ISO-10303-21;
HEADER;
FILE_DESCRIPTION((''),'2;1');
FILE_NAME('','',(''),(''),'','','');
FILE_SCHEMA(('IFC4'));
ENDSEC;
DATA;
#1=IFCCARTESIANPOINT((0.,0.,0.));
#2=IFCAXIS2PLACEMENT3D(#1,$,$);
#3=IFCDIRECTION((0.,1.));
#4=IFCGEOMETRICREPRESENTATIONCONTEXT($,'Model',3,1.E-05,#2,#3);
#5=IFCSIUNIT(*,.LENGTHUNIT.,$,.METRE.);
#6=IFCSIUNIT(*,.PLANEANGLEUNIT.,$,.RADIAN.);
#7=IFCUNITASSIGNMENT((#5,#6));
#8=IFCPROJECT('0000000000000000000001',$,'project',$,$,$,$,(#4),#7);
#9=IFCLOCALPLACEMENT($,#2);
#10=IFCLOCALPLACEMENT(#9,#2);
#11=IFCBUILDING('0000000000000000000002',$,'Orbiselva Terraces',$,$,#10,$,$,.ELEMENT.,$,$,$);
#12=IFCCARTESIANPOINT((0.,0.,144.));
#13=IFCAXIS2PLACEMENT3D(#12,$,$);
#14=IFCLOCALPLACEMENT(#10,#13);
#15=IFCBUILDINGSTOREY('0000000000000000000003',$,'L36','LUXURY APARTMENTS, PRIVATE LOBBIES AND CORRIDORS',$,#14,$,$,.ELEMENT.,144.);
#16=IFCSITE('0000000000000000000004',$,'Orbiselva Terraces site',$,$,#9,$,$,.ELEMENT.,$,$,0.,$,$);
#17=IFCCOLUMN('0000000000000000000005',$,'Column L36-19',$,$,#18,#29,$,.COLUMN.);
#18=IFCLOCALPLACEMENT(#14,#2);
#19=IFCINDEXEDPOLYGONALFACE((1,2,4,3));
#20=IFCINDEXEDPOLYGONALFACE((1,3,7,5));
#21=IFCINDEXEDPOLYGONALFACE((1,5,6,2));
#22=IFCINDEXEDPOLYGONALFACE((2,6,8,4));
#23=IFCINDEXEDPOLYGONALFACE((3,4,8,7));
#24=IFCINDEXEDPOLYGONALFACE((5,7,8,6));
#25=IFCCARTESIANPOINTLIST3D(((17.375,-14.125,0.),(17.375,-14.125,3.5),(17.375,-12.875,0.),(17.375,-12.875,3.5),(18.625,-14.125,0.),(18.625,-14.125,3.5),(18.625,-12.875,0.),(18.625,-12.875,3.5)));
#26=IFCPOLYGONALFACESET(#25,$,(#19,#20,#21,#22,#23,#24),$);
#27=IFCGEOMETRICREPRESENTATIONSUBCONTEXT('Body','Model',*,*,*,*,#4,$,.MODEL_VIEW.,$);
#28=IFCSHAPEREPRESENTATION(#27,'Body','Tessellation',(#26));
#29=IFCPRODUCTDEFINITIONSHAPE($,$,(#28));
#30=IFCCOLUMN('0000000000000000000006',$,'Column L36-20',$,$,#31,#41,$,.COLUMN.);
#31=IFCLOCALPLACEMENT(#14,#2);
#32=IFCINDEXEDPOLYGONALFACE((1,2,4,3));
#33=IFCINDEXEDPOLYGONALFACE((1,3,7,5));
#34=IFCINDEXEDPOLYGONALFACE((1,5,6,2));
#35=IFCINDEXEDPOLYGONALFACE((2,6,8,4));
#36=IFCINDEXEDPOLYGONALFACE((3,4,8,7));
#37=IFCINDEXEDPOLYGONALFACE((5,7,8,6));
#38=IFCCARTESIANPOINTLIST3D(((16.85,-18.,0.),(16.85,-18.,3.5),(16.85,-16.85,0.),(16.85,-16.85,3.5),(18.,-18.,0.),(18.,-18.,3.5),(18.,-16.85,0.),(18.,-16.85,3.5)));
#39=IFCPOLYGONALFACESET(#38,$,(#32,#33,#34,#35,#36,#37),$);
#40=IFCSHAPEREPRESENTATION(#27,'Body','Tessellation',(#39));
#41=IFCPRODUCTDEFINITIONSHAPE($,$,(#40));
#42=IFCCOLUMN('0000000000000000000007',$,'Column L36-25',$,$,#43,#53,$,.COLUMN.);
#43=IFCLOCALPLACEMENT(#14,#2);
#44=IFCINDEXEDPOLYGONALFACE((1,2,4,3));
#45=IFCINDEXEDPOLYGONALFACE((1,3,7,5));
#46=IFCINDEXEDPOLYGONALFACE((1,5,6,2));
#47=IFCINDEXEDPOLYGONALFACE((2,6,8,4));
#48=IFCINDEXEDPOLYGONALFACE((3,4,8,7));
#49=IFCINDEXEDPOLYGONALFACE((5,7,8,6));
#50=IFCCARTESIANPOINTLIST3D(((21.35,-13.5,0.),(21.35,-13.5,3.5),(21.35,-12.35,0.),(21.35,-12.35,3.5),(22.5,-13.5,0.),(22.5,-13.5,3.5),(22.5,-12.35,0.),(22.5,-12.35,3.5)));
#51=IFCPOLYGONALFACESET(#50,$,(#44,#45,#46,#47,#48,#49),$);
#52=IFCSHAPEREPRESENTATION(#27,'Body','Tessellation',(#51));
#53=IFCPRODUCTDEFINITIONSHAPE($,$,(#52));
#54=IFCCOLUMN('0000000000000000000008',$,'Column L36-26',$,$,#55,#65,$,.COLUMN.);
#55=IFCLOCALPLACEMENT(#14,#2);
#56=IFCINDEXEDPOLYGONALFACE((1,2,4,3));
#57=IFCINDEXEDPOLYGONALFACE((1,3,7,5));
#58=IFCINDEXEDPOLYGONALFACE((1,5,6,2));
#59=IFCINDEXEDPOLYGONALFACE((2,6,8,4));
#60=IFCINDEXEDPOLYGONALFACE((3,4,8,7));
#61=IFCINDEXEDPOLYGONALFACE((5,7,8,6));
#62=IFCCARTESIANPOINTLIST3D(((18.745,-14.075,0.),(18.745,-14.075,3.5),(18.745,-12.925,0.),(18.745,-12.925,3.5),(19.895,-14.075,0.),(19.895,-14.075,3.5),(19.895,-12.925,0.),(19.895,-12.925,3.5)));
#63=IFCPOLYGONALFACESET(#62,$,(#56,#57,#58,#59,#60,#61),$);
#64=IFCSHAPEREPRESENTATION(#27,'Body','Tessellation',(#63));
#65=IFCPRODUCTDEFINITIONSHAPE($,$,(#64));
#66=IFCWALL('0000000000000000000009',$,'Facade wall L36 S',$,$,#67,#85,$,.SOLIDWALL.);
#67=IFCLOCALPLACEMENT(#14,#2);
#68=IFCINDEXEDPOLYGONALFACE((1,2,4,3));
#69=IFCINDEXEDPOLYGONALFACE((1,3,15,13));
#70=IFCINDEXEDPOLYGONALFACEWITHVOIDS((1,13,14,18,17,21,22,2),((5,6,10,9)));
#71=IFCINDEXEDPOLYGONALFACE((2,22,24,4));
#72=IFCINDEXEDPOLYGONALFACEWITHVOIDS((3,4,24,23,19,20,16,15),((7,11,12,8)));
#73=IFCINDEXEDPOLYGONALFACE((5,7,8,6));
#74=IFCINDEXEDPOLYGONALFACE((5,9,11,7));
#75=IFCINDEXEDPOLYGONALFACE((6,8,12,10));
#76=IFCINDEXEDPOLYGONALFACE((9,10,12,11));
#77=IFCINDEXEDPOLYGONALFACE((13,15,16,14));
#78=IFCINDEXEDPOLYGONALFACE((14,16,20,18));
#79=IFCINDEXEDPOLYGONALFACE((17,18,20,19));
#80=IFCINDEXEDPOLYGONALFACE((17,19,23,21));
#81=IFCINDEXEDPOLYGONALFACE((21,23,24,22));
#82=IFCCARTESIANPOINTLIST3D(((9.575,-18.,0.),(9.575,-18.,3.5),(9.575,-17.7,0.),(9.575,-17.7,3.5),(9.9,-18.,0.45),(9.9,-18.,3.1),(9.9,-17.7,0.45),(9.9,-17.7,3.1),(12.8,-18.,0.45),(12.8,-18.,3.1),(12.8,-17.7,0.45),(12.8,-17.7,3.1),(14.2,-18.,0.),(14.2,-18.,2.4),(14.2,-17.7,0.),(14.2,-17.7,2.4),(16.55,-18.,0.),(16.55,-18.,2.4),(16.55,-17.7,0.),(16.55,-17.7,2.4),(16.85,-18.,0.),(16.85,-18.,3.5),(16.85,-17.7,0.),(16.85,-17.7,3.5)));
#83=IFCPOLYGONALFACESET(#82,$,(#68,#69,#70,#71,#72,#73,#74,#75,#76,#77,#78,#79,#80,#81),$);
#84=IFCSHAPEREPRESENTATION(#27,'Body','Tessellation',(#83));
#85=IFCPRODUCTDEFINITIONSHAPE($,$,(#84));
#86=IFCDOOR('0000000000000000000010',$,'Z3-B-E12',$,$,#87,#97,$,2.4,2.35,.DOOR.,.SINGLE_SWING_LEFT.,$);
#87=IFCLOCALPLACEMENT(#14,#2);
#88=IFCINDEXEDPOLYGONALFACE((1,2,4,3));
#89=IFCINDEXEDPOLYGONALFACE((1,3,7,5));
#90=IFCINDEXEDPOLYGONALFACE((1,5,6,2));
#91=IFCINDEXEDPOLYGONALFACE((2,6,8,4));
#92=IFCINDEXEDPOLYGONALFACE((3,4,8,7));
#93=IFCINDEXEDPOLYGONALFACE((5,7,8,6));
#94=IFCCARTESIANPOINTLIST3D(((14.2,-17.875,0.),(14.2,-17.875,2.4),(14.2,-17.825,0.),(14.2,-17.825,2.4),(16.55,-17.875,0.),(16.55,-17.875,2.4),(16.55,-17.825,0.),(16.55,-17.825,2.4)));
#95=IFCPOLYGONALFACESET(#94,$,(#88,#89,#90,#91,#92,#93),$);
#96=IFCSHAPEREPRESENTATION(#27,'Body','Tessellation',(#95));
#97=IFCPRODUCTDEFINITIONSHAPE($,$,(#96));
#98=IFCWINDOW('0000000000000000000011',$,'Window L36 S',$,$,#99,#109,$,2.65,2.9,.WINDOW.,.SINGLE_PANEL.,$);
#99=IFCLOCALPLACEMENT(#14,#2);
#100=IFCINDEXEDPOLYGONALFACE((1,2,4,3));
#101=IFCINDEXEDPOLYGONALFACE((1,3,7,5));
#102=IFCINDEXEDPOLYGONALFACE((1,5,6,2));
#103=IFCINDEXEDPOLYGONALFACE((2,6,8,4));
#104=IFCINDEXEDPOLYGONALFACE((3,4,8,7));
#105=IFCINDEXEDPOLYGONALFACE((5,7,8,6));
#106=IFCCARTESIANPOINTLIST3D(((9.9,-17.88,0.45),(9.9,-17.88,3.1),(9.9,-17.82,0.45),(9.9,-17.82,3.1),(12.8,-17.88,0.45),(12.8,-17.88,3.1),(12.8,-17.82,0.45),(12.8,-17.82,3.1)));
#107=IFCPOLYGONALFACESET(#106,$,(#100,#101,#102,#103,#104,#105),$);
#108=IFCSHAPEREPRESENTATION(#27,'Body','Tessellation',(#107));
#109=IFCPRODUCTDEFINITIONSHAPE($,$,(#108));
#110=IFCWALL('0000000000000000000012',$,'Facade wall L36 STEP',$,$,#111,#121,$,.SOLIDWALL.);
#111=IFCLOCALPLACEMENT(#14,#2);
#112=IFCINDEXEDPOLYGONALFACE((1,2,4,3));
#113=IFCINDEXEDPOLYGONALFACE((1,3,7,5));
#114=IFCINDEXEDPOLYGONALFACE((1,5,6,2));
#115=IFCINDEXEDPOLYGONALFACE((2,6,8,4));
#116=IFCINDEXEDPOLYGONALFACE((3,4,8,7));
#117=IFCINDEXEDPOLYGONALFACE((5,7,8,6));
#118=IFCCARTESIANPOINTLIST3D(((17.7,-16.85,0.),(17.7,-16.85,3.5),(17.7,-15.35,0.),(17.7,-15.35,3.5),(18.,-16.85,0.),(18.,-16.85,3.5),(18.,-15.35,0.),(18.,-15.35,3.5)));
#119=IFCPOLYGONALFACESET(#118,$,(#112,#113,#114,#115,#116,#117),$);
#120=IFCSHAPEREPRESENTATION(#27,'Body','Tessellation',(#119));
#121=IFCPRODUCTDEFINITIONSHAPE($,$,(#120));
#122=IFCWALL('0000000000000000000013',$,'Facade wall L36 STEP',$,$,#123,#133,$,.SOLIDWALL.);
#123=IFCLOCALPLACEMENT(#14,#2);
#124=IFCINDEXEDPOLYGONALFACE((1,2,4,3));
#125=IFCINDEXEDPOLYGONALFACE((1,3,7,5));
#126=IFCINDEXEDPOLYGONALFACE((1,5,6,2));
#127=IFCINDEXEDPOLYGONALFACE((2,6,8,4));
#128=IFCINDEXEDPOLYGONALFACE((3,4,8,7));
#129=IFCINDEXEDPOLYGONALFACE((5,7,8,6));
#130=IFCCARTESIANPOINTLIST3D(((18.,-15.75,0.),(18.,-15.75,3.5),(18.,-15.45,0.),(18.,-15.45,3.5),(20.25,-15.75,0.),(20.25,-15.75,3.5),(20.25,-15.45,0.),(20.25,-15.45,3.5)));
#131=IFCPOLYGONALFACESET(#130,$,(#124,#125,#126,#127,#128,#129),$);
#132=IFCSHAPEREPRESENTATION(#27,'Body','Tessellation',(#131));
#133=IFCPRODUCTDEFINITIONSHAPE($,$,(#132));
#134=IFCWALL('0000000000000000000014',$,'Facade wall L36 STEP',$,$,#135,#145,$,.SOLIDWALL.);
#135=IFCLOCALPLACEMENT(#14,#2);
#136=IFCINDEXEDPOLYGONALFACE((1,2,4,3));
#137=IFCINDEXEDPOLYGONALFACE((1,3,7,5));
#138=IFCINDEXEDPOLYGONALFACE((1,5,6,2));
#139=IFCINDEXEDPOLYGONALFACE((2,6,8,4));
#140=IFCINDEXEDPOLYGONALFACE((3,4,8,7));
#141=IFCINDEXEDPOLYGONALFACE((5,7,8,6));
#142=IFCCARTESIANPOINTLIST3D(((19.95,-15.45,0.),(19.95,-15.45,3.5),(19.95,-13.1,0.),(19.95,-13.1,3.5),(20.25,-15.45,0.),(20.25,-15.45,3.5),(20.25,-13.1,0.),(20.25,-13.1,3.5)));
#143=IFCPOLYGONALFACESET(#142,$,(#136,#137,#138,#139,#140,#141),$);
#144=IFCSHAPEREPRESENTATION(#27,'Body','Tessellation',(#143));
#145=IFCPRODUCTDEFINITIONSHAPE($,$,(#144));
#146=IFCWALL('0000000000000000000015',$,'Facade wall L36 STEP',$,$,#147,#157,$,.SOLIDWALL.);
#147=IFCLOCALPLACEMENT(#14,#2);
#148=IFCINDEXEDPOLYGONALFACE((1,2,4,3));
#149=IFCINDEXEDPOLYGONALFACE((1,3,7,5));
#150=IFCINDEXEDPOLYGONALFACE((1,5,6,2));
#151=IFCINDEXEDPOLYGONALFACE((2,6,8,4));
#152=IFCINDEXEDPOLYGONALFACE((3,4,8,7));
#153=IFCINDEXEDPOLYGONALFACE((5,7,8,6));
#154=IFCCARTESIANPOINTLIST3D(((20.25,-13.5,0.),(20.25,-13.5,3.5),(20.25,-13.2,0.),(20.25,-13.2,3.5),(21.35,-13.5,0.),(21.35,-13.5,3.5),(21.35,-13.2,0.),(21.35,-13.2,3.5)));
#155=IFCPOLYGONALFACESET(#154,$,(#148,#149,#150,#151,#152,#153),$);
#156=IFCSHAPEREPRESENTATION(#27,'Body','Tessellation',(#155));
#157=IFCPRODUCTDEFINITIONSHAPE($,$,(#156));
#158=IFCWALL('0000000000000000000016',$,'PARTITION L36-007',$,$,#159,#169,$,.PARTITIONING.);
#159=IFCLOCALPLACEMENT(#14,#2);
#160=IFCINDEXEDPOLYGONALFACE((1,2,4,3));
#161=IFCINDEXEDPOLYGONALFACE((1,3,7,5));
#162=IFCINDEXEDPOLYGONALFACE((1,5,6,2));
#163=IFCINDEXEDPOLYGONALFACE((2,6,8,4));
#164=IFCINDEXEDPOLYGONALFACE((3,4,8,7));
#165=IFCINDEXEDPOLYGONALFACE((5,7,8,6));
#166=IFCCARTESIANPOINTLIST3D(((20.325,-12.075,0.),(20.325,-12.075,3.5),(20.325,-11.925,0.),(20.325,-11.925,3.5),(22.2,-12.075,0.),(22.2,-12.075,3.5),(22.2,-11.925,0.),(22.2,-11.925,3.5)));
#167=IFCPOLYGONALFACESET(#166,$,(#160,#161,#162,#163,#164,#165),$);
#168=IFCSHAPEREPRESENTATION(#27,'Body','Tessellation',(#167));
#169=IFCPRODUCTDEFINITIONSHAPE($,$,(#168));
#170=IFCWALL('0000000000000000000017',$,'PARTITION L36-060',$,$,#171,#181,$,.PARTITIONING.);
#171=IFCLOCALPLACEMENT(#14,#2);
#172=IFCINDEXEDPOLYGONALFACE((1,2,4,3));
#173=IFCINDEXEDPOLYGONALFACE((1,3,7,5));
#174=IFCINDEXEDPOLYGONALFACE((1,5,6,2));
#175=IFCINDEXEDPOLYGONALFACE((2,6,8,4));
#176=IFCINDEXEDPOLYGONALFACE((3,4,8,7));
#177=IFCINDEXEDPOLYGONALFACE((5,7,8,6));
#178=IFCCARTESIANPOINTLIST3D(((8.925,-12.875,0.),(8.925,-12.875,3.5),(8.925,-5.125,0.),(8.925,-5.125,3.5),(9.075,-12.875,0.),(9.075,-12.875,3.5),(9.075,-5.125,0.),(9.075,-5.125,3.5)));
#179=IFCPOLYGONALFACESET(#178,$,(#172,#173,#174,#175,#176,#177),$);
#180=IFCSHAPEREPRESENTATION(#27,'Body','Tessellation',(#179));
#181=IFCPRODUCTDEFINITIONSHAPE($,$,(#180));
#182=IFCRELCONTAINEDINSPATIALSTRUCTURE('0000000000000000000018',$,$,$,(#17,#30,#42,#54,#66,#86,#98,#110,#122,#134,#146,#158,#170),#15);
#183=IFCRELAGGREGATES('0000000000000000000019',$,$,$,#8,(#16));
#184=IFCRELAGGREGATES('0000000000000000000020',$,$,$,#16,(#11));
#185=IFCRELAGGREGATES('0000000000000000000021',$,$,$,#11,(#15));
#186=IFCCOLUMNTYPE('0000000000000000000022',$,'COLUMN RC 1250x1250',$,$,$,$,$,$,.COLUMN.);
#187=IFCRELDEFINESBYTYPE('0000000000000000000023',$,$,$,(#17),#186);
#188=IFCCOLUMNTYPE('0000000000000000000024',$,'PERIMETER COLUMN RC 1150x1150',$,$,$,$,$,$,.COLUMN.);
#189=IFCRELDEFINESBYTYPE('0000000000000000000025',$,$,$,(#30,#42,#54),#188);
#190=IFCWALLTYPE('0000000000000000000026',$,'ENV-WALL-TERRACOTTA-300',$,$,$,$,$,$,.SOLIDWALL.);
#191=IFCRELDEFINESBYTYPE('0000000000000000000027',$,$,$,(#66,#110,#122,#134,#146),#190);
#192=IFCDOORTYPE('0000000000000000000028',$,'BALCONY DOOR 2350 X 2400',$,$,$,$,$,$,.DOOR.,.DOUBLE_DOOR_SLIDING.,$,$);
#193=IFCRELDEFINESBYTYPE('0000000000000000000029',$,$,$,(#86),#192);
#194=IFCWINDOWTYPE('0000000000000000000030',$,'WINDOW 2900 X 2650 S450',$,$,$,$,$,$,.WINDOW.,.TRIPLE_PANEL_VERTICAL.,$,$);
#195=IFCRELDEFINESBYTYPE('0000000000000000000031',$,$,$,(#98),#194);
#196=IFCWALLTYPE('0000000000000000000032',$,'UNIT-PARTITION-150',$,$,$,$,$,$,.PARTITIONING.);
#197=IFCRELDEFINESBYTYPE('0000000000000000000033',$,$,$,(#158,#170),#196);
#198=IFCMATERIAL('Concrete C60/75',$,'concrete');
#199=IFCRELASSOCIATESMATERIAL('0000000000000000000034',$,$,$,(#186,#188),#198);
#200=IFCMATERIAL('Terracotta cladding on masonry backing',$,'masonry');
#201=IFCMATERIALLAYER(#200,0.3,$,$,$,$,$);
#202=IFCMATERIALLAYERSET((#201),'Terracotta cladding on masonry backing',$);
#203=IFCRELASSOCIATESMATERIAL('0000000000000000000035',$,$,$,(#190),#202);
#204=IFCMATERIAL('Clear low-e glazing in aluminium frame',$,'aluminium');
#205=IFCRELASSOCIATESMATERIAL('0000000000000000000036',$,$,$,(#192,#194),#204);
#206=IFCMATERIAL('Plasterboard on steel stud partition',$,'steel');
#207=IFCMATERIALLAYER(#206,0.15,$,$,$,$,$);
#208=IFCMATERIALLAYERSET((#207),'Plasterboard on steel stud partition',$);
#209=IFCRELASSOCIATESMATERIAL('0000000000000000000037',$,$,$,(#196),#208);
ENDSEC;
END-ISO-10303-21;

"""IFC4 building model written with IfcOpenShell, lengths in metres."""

from ifc_helpers import new_model, si_unit, direction, frame, frame_2d, origin, origin_2d, place, context, subcontext, project, spatial, rectangle, extrude, material, layer, layer_set, material_profile, profile_set, type_object, element, fill, save


model = new_model("IFC4")

# Units and contexts
model_context = context("Model", 3, precision=1e-05, world=origin(), true_north=direction((0.0, 1.0)))
body_context = subcontext(model_context, "Body", "Model", "MODEL_VIEW")
ifc_project = project(units=[si_unit("LENGTHUNIT", "METRE"), si_unit("PLANEANGLEUNIT", "RADIAN")], contexts=[model_context])

# Site, building, storey
site_placement = place(None, origin())
site = spatial("IfcSite", under=ifc_project, at=site_placement, Name="Orbiselva Terraces site", CompositionType="ELEMENT", RefElevation=0.0)
building_placement = place(site_placement, origin())
building = spatial("IfcBuilding", under=site, at=building_placement, Name="Orbiselva Terraces", CompositionType="ELEMENT")
storey_placement = place(building_placement, frame((0.0, 0.0, 144.0)))
storey = spatial("IfcBuildingStorey", under=building, at=storey_placement, Name="L36", Description="LUXURY APARTMENTS, PRIVATE LOBBIES AND CORRIDORS", CompositionType="ELEMENT", Elevation=144.0)

# Columns
ifc_material_1 = material(Name="Concrete C60/75", Category="concrete")
ifc_material_profile_1 = material_profile(ifc_material_1, rectangle(XDim=1.25, YDim=1.25, at=origin_2d()), Name="RC 1250x1250")
ifc_profile_set_1 = profile_set([ifc_material_profile_1], Name="Concrete C60/75")
column_type_1 = type_object("IfcColumnType", Name="COLUMN RC 1250x1250", PredefinedType="COLUMN", material=ifc_profile_set_1)
column_placement = place(storey_placement, frame((18.0, -13.5, 0.0), z_axis=(0.0, 0.0, 1.0), x_axis=(1.0, 0.0, 0.0)))
element("IfcColumn", 1, at=column_placement, inside=storey, type_object=column_type_1, Name="Column L36-19", PredefinedType="COLUMN", context=body_context, shape_type="SweptSolid", body=[
    extrude(rectangle(XDim=1.25, YDim=1.25, at=origin_2d()), origin(), (0.0, 0.0, 1.0), 3.5),
])
ifc_material_profile_2 = material_profile(ifc_material_1, rectangle(XDim=1.15, YDim=1.15, at=origin_2d()), Name="RC 1150x1150")
ifc_profile_set_2 = profile_set([ifc_material_profile_2], Name="Concrete C60/75")
column_type_2 = type_object("IfcColumnType", Name="PERIMETER COLUMN RC 1150x1150", PredefinedType="COLUMN", material=ifc_profile_set_2)
for number, where, z_axis, x_axis, name in (
    (2, (17.425, -17.425, 0.0), (0.0, 0.0, 1.0), (1.0, 0.0, 0.0), "Column L36-20"),
    (3, (21.925, -12.925, 0.0), (0.0, 0.0, 1.0), (1.0, 0.0, 0.0), "Column L36-25"),
    (4, (19.32, -13.5, 0.0), (0.0, 0.0, 1.0), (1.0, 0.0, 0.0), "Column L36-26"),
):
    element("IfcColumn", number, at=place(storey_placement, frame(where, z_axis=z_axis, x_axis=x_axis)), inside=storey, type_object=column_type_2, Name=name, PredefinedType="COLUMN", context=body_context, shape_type="SweptSolid", body=[
        extrude(rectangle(XDim=1.15, YDim=1.15, at=origin_2d()), origin(), (0.0, 0.0, 1.0), 3.5),
    ])

# Wall, openings, door, window
ifc_material_2 = material(Name="Terracotta cladding on masonry backing", Category="masonry")
ifc_layer_1 = layer(ifc_material_2, 0.3)
ifc_layer_set_1 = layer_set([ifc_layer_1], Name="Terracotta cladding on masonry backing")
wall_type_1 = type_object("IfcWallType", Name="ENV-WALL-TERRACOTTA-300", PredefinedType="SOLIDWALL", material=ifc_layer_set_1)
wall_1_placement = place(storey_placement, frame((16.85, -17.85, 0.0), z_axis=(0.0, 0.0, 1.0), x_axis=(-1.0, 0.0, 0.0)))
wall_1 = element("IfcWall", 5, at=wall_1_placement, inside=storey, type_object=wall_type_1, Name="Facade wall L36 S", PredefinedType="SOLIDWALL", context=body_context, shape_type="SweptSolid", body=[
    extrude(rectangle(XDim=7.275, YDim=0.3, at=frame_2d((3.6375, 0.0))), origin(), (0.0, 0.0, 1.0), 3.5),
])
opening_1_placement = place(wall_1_placement, frame((4.05, 0.0, 0.45)))
opening_1 = element("IfcOpeningElement", 6, at=opening_1_placement, cuts=wall_1, PredefinedType="OPENING", context=body_context, shape_type="SweptSolid", body=[
    extrude(rectangle(XDim=2.9, YDim=2.65, at=frame_2d((1.45, 1.325))), frame((0.0, 0.16, 0.0), z_axis=(0.0, -1.0, 0.0), x_axis=(1.0, 0.0, 0.0)), (0.0, 0.0, 1.0), 0.32),
])
opening_2_placement = place(wall_1_placement, frame((0.3, 0.0, 0.0)))
opening_2 = element("IfcOpeningElement", 7, at=opening_2_placement, cuts=wall_1, PredefinedType="OPENING", context=body_context, shape_type="SweptSolid", body=[
    extrude(rectangle(XDim=2.35, YDim=2.4, at=frame_2d((1.175, 1.2))), frame((0.0, 0.16, 0.0), z_axis=(0.0, -1.0, 0.0), x_axis=(1.0, 0.0, 0.0)), (0.0, 0.0, 1.0), 0.32),
])
ifc_material_3 = material(Name="Clear low-e glazing in aluminium frame", Category="aluminium")
door_type = type_object("IfcDoorType", Name="BALCONY DOOR 2350 X 2400", OperationType="DOUBLE_DOOR_SLIDING", PredefinedType="DOOR", material=ifc_material_3)
door_placement = place(opening_2_placement, origin())
door = element("IfcDoor", 8, at=door_placement, inside=storey, type_object=door_type, Name="Z3-B-E12", OperationType="SINGLE_SWING_LEFT", OverallHeight=2.4, OverallWidth=2.35, PredefinedType="DOOR", context=body_context, shape_type="SweptSolid", body=[
    extrude(rectangle(XDim=2.35, YDim=2.4, at=frame_2d((1.175, 1.2))), frame((0.0, 0.025, 0.0), z_axis=(0.0, -1.0, 0.0), x_axis=(1.0, 0.0, 0.0)), (0.0, 0.0, 1.0), 0.05),
])
fill(opening_2, door)
window_type = type_object("IfcWindowType", Name="WINDOW 2900 X 2650 S450", PartitioningType="TRIPLE_PANEL_VERTICAL", PredefinedType="WINDOW", material=ifc_material_3)
window_placement = place(opening_1_placement, origin())
window = element("IfcWindow", 9, at=window_placement, inside=storey, type_object=window_type, Name="Window L36 S", OverallHeight=2.65, OverallWidth=2.9, PartitioningType="SINGLE_PANEL", PredefinedType="WINDOW", context=body_context, shape_type="SweptSolid", body=[
    extrude(rectangle(XDim=2.9, YDim=2.65, at=frame_2d((1.45, 1.325))), frame((0.0, 0.03, 0.0), z_axis=(0.0, -1.0, 0.0), x_axis=(1.0, 0.0, 0.0)), (0.0, 0.0, 1.0), 0.06),
])
fill(opening_1, window)

# Walls
wall_2_placement = place(storey_placement, frame((17.85, -15.35, 0.0), z_axis=(0.0, 0.0, 1.0), x_axis=(0.0, -1.0, 0.0)))
element("IfcWall", 10, at=wall_2_placement, inside=storey, type_object=wall_type_1, Name="Facade wall L36 STEP", PredefinedType="SOLIDWALL", context=body_context, shape_type="SweptSolid", body=[
    extrude(rectangle(XDim=1.5, YDim=0.3, at=frame_2d((0.75, 0.0))), origin(), (0.0, 0.0, 1.0), 3.5),
])
wall_3_placement = place(storey_placement, frame((20.25, -15.6, 0.0), z_axis=(0.0, 0.0, 1.0), x_axis=(-1.0, 0.0, 0.0)))
element("IfcWall", 11, at=wall_3_placement, inside=storey, type_object=wall_type_1, Name="Facade wall L36 STEP", PredefinedType="SOLIDWALL", context=body_context, shape_type="SweptSolid", body=[
    extrude(rectangle(XDim=2.25, YDim=0.3, at=frame_2d((1.125, 0.0))), origin(), (0.0, 0.0, 1.0), 3.5),
])
wall_4_placement = place(storey_placement, frame((20.1, -13.1, 0.0), z_axis=(0.0, 0.0, 1.0), x_axis=(0.0, -1.0, 0.0)))
element("IfcWall", 12, at=wall_4_placement, inside=storey, type_object=wall_type_1, Name="Facade wall L36 STEP", PredefinedType="SOLIDWALL", context=body_context, shape_type="SweptSolid", body=[
    extrude(rectangle(XDim=2.35, YDim=0.3, at=frame_2d((1.175, 0.0))), origin(), (0.0, 0.0, 1.0), 3.5),
])
wall_5_placement = place(storey_placement, frame((21.35, -13.35, 0.0), z_axis=(0.0, 0.0, 1.0), x_axis=(-1.0, 0.0, 0.0)))
element("IfcWall", 13, at=wall_5_placement, inside=storey, type_object=wall_type_1, Name="Facade wall L36 STEP", PredefinedType="SOLIDWALL", context=body_context, shape_type="SweptSolid", body=[
    extrude(rectangle(XDim=1.1, YDim=0.3, at=frame_2d((0.55, 0.0))), origin(), (0.0, 0.0, 1.0), 3.5),
])
ifc_material_4 = material(Name="Plasterboard on steel stud partition", Category="steel")
ifc_layer_2 = layer(ifc_material_4, 0.15)
ifc_layer_set_2 = layer_set([ifc_layer_2], Name="Plasterboard on steel stud partition")
wall_type_2 = type_object("IfcWallType", Name="UNIT-PARTITION-150", PredefinedType="PARTITIONING", material=ifc_layer_set_2)
wall_6_placement = place(storey_placement, frame((20.325, -12.0, 0.0), z_axis=(0.0, 0.0, 1.0), x_axis=(1.0, 0.0, 0.0)))
element("IfcWall", 14, at=wall_6_placement, inside=storey, type_object=wall_type_2, Name="PARTITION L36-007", PredefinedType="PARTITIONING", context=body_context, shape_type="SweptSolid", body=[
    extrude(rectangle(XDim=1.875, YDim=0.15, at=frame_2d((0.9375, 0.0))), origin(), (0.0, 0.0, 1.0), 3.5),
])
wall_7_placement = place(storey_placement, frame((9.0, -12.875, 0.0), z_axis=(0.0, 0.0, 1.0), x_axis=(0.0, 1.0, 0.0)))
element("IfcWall", 15, at=wall_7_placement, inside=storey, type_object=wall_type_2, Name="PARTITION L36-060", PredefinedType="PARTITIONING", context=body_context, shape_type="SweptSolid", body=[
    extrude(rectangle(XDim=7.75, YDim=0.15, at=frame_2d((3.875, 0.0))), origin(), (0.0, 0.0, 1.0), 3.5),
])

save(model, "model.ifc")
